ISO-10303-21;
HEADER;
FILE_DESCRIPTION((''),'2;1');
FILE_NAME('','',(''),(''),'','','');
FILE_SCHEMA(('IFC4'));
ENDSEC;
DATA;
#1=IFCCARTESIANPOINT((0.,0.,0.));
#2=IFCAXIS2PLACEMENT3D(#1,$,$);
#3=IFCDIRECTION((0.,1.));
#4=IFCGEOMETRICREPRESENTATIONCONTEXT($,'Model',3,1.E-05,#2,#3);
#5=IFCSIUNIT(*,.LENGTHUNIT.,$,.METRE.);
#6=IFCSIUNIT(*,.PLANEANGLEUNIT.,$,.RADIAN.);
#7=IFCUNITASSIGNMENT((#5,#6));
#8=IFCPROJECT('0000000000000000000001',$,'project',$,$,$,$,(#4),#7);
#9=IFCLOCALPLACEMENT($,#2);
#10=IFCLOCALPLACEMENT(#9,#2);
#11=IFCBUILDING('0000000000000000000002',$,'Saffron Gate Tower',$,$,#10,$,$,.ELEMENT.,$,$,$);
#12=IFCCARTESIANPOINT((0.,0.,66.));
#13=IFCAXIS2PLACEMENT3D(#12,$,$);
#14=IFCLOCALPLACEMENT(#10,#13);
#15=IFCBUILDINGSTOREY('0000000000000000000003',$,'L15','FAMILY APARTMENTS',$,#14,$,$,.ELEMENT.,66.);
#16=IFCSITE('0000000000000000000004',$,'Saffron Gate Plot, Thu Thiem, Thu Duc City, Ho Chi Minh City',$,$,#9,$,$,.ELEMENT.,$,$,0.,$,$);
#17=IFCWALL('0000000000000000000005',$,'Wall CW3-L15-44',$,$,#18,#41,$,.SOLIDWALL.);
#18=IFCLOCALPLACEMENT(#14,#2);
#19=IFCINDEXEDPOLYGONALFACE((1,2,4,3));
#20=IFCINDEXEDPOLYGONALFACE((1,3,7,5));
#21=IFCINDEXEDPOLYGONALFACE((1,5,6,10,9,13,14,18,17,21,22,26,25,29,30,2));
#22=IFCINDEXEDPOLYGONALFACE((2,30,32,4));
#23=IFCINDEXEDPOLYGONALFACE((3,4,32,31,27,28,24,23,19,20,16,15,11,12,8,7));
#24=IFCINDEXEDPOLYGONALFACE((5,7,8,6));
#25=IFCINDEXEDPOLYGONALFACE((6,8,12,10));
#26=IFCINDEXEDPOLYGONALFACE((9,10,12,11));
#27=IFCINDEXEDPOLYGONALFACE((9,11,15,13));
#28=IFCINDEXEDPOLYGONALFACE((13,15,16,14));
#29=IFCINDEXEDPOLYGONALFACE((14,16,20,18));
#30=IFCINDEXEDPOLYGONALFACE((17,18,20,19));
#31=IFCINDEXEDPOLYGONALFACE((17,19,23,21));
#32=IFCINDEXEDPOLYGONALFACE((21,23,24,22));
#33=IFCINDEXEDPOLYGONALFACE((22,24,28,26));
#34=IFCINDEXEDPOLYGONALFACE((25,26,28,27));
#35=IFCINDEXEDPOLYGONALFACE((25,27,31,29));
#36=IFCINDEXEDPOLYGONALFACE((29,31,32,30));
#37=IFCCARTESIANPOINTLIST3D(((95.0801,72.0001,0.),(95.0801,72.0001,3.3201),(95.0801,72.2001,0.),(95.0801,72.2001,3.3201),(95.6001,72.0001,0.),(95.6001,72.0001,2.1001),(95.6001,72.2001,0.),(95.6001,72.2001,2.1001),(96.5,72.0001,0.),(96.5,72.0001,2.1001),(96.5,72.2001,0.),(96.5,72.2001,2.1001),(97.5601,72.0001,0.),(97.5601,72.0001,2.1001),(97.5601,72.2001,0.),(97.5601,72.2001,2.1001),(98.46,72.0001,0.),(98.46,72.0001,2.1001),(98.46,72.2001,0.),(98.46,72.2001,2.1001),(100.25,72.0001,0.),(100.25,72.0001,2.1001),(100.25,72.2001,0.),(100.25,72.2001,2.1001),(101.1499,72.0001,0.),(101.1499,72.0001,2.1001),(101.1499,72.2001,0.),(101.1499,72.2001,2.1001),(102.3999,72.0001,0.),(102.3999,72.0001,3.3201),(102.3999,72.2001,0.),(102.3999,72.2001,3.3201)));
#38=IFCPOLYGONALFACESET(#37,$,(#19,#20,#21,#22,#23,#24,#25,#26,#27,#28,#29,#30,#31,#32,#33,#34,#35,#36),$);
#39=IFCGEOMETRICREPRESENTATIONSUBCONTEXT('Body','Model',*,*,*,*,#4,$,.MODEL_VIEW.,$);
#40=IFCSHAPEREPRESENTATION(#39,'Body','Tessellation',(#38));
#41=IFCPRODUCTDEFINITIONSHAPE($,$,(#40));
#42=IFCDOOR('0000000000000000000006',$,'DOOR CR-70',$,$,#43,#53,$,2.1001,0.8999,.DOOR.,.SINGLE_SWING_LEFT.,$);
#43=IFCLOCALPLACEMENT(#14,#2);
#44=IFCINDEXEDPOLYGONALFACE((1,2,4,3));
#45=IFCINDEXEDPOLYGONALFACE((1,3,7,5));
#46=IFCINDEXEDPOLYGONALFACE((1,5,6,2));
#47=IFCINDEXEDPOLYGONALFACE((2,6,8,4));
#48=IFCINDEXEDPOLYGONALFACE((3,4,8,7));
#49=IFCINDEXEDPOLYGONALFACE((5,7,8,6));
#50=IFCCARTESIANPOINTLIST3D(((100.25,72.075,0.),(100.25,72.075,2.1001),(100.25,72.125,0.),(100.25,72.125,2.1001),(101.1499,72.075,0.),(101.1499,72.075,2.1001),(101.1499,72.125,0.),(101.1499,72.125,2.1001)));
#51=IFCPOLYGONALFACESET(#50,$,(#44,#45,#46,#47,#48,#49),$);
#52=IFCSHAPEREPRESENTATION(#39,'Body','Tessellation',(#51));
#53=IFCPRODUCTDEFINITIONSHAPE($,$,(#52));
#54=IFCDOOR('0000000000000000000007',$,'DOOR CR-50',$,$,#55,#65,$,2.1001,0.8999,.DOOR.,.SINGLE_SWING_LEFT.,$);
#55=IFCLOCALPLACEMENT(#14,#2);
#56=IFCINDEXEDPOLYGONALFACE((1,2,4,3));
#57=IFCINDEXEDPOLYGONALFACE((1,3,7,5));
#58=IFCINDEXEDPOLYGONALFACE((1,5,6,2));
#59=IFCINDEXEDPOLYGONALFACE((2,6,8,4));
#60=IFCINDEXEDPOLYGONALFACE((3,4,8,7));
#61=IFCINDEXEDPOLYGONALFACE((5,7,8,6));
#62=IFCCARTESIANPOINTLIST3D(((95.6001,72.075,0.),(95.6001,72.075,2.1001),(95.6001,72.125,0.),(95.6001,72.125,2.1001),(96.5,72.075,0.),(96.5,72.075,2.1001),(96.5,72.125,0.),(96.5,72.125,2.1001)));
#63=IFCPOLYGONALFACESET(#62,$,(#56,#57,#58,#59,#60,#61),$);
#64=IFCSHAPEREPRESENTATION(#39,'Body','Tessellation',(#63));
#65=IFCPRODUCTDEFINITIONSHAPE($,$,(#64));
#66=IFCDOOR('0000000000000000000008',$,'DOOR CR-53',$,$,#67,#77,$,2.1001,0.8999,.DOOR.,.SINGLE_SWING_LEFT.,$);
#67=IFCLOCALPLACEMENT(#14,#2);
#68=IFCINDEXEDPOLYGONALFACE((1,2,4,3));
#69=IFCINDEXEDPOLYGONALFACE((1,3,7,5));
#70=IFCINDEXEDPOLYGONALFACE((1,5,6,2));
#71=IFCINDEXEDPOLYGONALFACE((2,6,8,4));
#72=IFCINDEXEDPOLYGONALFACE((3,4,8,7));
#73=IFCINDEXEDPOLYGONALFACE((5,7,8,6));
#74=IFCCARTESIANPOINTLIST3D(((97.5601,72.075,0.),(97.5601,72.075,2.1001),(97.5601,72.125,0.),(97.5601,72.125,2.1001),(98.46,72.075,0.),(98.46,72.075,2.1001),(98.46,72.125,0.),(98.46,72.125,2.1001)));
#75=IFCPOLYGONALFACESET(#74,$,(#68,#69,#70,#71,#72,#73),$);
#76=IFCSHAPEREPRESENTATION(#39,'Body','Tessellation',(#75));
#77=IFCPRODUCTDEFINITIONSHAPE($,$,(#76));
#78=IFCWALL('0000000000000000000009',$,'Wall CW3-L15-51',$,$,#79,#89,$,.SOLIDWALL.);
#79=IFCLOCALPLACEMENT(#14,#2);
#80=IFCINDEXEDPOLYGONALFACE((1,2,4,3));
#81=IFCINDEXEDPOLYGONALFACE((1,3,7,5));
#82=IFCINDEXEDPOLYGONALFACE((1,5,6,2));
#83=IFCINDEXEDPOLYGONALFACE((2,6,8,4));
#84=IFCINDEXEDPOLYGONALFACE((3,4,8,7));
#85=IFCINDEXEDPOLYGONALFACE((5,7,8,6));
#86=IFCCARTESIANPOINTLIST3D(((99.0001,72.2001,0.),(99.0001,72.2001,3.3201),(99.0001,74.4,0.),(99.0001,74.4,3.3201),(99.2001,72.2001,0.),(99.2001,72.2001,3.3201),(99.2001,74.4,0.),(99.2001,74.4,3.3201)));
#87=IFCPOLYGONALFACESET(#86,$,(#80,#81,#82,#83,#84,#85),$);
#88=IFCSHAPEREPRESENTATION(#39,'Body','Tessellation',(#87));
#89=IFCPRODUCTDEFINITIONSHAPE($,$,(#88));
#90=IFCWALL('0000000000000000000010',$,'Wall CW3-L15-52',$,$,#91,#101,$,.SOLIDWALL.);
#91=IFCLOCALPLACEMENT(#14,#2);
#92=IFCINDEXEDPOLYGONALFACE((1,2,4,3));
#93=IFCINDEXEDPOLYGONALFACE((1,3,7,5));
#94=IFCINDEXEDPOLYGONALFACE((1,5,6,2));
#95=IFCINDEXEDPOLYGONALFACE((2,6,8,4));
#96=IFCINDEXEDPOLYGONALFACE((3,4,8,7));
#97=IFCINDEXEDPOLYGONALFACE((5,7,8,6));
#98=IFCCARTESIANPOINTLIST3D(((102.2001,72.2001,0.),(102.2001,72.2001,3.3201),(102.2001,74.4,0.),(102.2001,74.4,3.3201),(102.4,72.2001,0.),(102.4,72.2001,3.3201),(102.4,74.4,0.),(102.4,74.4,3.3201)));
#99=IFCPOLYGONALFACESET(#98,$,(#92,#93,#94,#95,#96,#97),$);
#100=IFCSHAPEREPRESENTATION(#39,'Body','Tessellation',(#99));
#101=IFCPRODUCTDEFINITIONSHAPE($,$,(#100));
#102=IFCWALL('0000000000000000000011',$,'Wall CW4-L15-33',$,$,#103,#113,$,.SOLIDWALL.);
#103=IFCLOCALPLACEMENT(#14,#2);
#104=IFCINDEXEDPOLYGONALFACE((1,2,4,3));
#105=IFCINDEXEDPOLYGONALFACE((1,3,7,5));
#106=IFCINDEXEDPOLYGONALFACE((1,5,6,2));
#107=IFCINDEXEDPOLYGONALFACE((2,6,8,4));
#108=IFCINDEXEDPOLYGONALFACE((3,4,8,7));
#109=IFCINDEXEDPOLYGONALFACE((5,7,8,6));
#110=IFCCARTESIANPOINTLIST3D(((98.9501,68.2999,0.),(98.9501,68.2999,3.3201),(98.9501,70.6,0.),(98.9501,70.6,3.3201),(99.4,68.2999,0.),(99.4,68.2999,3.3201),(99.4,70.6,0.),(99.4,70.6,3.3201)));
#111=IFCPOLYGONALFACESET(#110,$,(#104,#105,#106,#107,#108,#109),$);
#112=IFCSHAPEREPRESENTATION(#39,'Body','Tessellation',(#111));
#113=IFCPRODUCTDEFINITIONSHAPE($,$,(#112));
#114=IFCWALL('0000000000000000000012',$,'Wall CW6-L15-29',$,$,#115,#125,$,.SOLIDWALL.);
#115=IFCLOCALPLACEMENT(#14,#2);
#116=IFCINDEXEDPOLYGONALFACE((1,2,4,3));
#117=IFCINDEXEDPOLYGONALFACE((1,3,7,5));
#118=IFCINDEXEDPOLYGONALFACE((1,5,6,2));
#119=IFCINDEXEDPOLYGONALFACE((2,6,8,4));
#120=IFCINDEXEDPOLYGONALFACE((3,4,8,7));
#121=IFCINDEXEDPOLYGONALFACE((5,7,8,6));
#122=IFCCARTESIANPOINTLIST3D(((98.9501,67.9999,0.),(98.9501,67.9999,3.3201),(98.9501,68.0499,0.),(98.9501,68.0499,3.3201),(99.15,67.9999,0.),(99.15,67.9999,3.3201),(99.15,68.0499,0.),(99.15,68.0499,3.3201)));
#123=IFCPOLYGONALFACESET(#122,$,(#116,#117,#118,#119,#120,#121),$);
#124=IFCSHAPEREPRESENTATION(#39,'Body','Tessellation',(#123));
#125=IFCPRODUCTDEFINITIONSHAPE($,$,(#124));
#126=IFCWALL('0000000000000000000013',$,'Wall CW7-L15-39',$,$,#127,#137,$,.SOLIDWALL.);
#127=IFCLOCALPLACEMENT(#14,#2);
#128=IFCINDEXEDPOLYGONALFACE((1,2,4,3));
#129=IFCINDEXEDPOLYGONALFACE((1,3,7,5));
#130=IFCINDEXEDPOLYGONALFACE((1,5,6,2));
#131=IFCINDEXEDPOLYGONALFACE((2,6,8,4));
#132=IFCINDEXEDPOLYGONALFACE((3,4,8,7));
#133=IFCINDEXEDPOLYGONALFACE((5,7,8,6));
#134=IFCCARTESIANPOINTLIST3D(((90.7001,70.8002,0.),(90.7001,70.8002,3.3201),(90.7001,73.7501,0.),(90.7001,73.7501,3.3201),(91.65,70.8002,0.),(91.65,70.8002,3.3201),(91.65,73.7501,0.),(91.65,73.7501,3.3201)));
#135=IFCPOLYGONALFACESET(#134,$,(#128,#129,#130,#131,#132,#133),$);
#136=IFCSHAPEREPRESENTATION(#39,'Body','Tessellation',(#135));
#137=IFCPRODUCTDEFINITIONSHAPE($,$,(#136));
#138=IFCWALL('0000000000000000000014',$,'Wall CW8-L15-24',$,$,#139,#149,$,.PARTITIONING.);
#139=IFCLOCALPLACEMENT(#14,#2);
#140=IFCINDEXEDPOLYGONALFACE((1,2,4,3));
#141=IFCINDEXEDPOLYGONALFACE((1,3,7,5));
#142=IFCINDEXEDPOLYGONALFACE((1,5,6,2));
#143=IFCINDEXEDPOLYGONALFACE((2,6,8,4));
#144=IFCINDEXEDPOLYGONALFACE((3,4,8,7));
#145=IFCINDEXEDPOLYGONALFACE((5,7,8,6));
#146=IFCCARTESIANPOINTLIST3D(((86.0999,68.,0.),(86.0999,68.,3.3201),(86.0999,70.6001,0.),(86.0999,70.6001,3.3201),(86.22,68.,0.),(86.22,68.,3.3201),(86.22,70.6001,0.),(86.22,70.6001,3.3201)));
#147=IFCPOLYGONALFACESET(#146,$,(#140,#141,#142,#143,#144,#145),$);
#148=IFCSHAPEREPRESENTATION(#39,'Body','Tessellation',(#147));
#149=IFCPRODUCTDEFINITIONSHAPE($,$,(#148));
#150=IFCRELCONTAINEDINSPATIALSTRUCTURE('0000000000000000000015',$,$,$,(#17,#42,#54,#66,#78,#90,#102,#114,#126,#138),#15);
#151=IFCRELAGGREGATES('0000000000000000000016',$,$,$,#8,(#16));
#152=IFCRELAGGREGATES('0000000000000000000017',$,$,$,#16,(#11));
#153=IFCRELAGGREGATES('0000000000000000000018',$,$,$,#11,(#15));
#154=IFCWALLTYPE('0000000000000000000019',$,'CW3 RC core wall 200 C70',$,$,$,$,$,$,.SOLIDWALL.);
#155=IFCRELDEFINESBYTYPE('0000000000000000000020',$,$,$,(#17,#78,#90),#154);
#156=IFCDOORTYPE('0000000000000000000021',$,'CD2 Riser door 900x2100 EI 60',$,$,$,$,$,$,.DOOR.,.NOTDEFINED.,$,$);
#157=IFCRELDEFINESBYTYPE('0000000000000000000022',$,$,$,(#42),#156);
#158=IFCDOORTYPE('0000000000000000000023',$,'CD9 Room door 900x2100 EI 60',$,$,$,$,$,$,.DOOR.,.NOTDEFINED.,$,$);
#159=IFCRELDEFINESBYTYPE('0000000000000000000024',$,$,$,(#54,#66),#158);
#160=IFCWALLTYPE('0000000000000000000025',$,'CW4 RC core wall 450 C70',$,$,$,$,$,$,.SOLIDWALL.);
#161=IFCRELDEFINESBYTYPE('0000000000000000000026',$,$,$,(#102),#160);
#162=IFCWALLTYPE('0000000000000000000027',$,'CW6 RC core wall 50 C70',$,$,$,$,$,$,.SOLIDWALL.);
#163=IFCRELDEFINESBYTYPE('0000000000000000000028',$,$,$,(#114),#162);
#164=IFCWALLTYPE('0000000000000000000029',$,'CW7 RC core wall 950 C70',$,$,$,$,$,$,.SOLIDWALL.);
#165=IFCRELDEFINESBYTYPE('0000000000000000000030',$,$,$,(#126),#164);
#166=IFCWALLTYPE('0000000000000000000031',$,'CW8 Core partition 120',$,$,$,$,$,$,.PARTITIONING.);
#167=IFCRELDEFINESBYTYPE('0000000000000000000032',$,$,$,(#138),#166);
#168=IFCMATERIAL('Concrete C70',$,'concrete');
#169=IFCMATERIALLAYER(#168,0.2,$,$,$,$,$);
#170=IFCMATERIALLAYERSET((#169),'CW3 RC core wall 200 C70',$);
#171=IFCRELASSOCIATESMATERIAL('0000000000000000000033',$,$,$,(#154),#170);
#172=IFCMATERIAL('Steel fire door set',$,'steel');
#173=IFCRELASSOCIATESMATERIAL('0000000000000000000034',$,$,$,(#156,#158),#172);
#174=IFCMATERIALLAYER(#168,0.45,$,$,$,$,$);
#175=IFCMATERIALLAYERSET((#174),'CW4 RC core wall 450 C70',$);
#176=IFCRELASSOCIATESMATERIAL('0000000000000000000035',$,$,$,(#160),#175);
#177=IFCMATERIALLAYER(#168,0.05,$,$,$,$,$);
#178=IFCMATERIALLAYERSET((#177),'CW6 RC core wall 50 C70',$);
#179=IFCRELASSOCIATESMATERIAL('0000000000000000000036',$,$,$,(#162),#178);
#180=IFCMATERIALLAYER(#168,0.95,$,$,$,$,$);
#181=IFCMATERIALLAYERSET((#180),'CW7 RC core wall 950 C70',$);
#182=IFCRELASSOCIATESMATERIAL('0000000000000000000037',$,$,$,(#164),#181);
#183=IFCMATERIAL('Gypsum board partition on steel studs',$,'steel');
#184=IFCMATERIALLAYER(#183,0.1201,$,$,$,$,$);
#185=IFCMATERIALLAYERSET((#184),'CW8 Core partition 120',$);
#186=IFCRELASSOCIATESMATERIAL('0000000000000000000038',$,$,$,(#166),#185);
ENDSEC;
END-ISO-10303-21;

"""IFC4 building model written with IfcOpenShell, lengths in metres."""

from ifc_helpers import new_model, si_unit, direction, frame, frame_2d, origin, place, context, subcontext, project, spatial, rectangle, extrude, material, layer, layer_set, type_object, element, fill, save


model = new_model("IFC4")

# Units and contexts
model_context = context("Model", 3, precision=1e-05, world=origin(), true_north=direction((0.0, 1.0)))
body_context = subcontext(model_context, "Body", "Model", "MODEL_VIEW")
ifc_project = project(units=[si_unit("LENGTHUNIT", "METRE"), si_unit("PLANEANGLEUNIT", "RADIAN")], contexts=[model_context])

# Site, building, storey
site_placement = place(None, origin())
site = spatial("IfcSite", under=ifc_project, at=site_placement, Name="Saffron Gate Plot, Thu Thiem, Thu Duc City, Ho Chi Minh City", CompositionType="ELEMENT", RefElevation=0.0)
building_placement = place(site_placement, origin())
building = spatial("IfcBuilding", under=site, at=building_placement, Name="Saffron Gate Tower", CompositionType="ELEMENT")
storey_placement = place(building_placement, frame((0.0, 0.0, 66.0)))
storey = spatial("IfcBuildingStorey", under=building, at=storey_placement, Name="L15", Description="FAMILY APARTMENTS", CompositionType="ELEMENT", Elevation=66.0)

# Shared definitions
ifc_material_1 = material(Name="Gypsum board partition on steel studs", Category="steel")
ifc_material_2 = material(Name="Concrete C70", Category="concrete")

# Shared definitions
ifc_material_3 = material(Name="Steel fire door set", Category="steel")

# Shared definitions
ifc_layer_1 = layer(ifc_material_2, 0.2)
ifc_layer_set_1 = layer_set([ifc_layer_1], Name="CW3 RC core wall 200 C70")
wall_type_1 = type_object("IfcWallType", Name="CW3 RC core wall 200 C70", PredefinedType="SOLIDWALL", material=ifc_layer_set_1)

# Wall, openings, doors
wall_1_placement = place(storey_placement, frame((95.0801, 72.1001, 0.0), z_axis=(0.0, 0.0, 1.0), x_axis=(1.0, 0.0, 0.0)))
wall_1 = element("IfcWall", 1, at=wall_1_placement, inside=storey, type_object=wall_type_1, Name="Wall CW3-L15-44", PredefinedType="SOLIDWALL", context=body_context, shape_type="SweptSolid", body=[
    extrude(rectangle(XDim=7.3198, YDim=0.2, at=frame_2d((3.6599, 0.0))), origin(), (0.0, 0.0, 1.0), 3.3201),
])
opening_1_placement = place(wall_1_placement, frame((0.52, 0.0, 0.0)))
opening_1 = element("IfcOpeningElement", 2, at=opening_1_placement, cuts=wall_1, PredefinedType="OPENING", context=body_context, shape_type="SweptSolid", body=[
    extrude(rectangle(XDim=0.8999, YDim=2.1001, at=frame_2d((0.45, 1.05))), frame((0.0, 0.1099, 0.0), z_axis=(0.0, -1.0, 0.0), x_axis=(1.0, 0.0, 0.0)), (0.0, 0.0, 1.0), 0.22),
])
opening_2_placement = place(wall_1_placement, frame((2.48, 0.0, 0.0)))
opening_2 = element("IfcOpeningElement", 3, at=opening_2_placement, cuts=wall_1, PredefinedType="OPENING", context=body_context, shape_type="SweptSolid", body=[
    extrude(rectangle(XDim=0.8999, YDim=2.1001, at=frame_2d((0.45, 1.05))), frame((0.0, 0.1099, 0.0), z_axis=(0.0, -1.0, 0.0), x_axis=(1.0, 0.0, 0.0)), (0.0, 0.0, 1.0), 0.22),
])
opening_3_placement = place(wall_1_placement, frame((5.1699, 0.0, 0.0)))
opening_3 = element("IfcOpeningElement", 4, at=opening_3_placement, cuts=wall_1, PredefinedType="OPENING", context=body_context, shape_type="SweptSolid", body=[
    extrude(rectangle(XDim=0.8999, YDim=2.1001, at=frame_2d((0.45, 1.05))), frame((0.0, 0.1099, 0.0), z_axis=(0.0, -1.0, 0.0), x_axis=(1.0, 0.0, 0.0)), (0.0, 0.0, 1.0), 0.22),
])
door_type_1 = type_object("IfcDoorType", Name="CD2 Riser door 900x2100 EI 60", OperationType="NOTDEFINED", PredefinedType="DOOR", material=ifc_material_3)
door_1_placement = place(opening_3_placement, origin())
door_1 = element("IfcDoor", 5, at=door_1_placement, inside=storey, type_object=door_type_1, Name="DOOR CR-70", OperationType="SINGLE_SWING_LEFT", OverallHeight=2.1001, OverallWidth=0.8999, PredefinedType="DOOR", context=body_context, shape_type="SweptSolid", body=[
    extrude(rectangle(XDim=0.8999, YDim=2.1001, at=frame_2d((0.45, 1.05))), frame((0.0, 0.0249, 0.0), z_axis=(0.0, -1.0, 0.0), x_axis=(1.0, 0.0, 0.0)), (0.0, 0.0, 1.0), 0.05),
])
fill(opening_3, door_1)
door_type_2 = type_object("IfcDoorType", Name="CD9 Room door 900x2100 EI 60", OperationType="NOTDEFINED", PredefinedType="DOOR", material=ifc_material_3)
door_2_placement = place(opening_1_placement, origin())
door_2 = element("IfcDoor", 6, at=door_2_placement, inside=storey, type_object=door_type_2, Name="DOOR CR-50", OperationType="SINGLE_SWING_LEFT", OverallHeight=2.1001, OverallWidth=0.8999, PredefinedType="DOOR", context=body_context, shape_type="SweptSolid", body=[
    extrude(rectangle(XDim=0.8999, YDim=2.1001, at=frame_2d((0.45, 1.05))), frame((0.0, 0.0249, 0.0), z_axis=(0.0, -1.0, 0.0), x_axis=(1.0, 0.0, 0.0)), (0.0, 0.0, 1.0), 0.05),
])
fill(opening_1, door_2)
door_3_placement = place(opening_2_placement, origin())
door_3 = element("IfcDoor", 7, at=door_3_placement, inside=storey, type_object=door_type_2, Name="DOOR CR-53", OperationType="SINGLE_SWING_LEFT", OverallHeight=2.1001, OverallWidth=0.8999, PredefinedType="DOOR", context=body_context, shape_type="SweptSolid", body=[
    extrude(rectangle(XDim=0.8999, YDim=2.1001, at=frame_2d((0.45, 1.05))), frame((0.0, 0.0249, 0.0), z_axis=(0.0, -1.0, 0.0), x_axis=(1.0, 0.0, 0.0)), (0.0, 0.0, 1.0), 0.05),
])
fill(opening_2, door_3)

# Walls
for number, where, z_axis, x_axis, name in (
    (8, (99.1001, 72.2, 0.0), (0.0, 0.0, 1.0), (0.0, 1.0, 0.0), "Wall CW3-L15-51"),
    (9, (102.3, 72.2, 0.0), (0.0, 0.0, 1.0), (0.0, 1.0, 0.0), "Wall CW3-L15-52"),
):
    element("IfcWall", number, at=place(storey_placement, frame(where, z_axis=z_axis, x_axis=x_axis)), inside=storey, type_object=wall_type_1, Name=name, PredefinedType="SOLIDWALL", context=body_context, shape_type="SweptSolid", body=[
        extrude(rectangle(XDim=2.2, YDim=0.2, at=frame_2d((1.1001, 0.0))), origin(), (0.0, 0.0, 1.0), 3.3201),
    ])
ifc_layer_2 = layer(ifc_material_2, 0.45)
ifc_layer_set_2 = layer_set([ifc_layer_2], Name="CW4 RC core wall 450 C70")
wall_type_2 = type_object("IfcWallType", Name="CW4 RC core wall 450 C70", PredefinedType="SOLIDWALL", material=ifc_layer_set_2)
wall_2_placement = place(storey_placement, frame((99.175, 68.3, 0.0), z_axis=(0.0, 0.0, 1.0), x_axis=(0.0, 1.0, 0.0)))
element("IfcWall", 10, at=wall_2_placement, inside=storey, type_object=wall_type_2, Name="Wall CW4-L15-33", PredefinedType="SOLIDWALL", context=body_context, shape_type="SweptSolid", body=[
    extrude(rectangle(XDim=2.3, YDim=0.45, at=frame_2d((1.1499, 0.0))), origin(), (0.0, 0.0, 1.0), 3.3201),
])
ifc_layer_3 = layer(ifc_material_2, 0.05)
ifc_layer_set_3 = layer_set([ifc_layer_3], Name="CW6 RC core wall 50 C70")
wall_type_3 = type_object("IfcWallType", Name="CW6 RC core wall 50 C70", PredefinedType="SOLIDWALL", material=ifc_layer_set_3)
wall_3_placement = place(storey_placement, frame((98.95, 68.0249, 0.0), z_axis=(0.0, 0.0, 1.0), x_axis=(1.0, 0.0, 0.0)))
element("IfcWall", 11, at=wall_3_placement, inside=storey, type_object=wall_type_3, Name="Wall CW6-L15-29", PredefinedType="SOLIDWALL", context=body_context, shape_type="SweptSolid", body=[
    extrude(rectangle(XDim=0.2, YDim=0.05, at=frame_2d((0.1001, 0.0))), origin(), (0.0, 0.0, 1.0), 3.3201),
])
ifc_layer_4 = layer(ifc_material_2, 0.95)
ifc_layer_set_4 = layer_set([ifc_layer_4], Name="CW7 RC core wall 950 C70")
wall_type_4 = type_object("IfcWallType", Name="CW7 RC core wall 950 C70", PredefinedType="SOLIDWALL", material=ifc_layer_set_4)
wall_4_placement = place(storey_placement, frame((91.175, 70.8, 0.0), z_axis=(0.0, 0.0, 1.0), x_axis=(0.0, 1.0, 0.0)))
element("IfcWall", 12, at=wall_4_placement, inside=storey, type_object=wall_type_4, Name="Wall CW7-L15-39", PredefinedType="SOLIDWALL", context=body_context, shape_type="SweptSolid", body=[
    extrude(rectangle(XDim=2.95, YDim=0.95, at=frame_2d((1.4751, 0.0))), origin(), (0.0, 0.0, 1.0), 3.3201),
])
ifc_layer_5 = layer(ifc_material_1, 0.1201)
ifc_layer_set_5 = layer_set([ifc_layer_5], Name="CW8 Core partition 120")
wall_type_5 = type_object("IfcWallType", Name="CW8 Core partition 120", PredefinedType="PARTITIONING", material=ifc_layer_set_5)
wall_5_placement = place(storey_placement, frame((86.1599, 68.0, 0.0), z_axis=(0.0, 0.0, 1.0), x_axis=(0.0, 1.0, 0.0)))
element("IfcWall", 13, at=wall_5_placement, inside=storey, type_object=wall_type_5, Name="Wall CW8-L15-24", PredefinedType="PARTITIONING", context=body_context, shape_type="SweptSolid", body=[
    extrude(rectangle(XDim=2.6001, YDim=0.1201, at=frame_2d((1.3, 0.0))), origin(), (0.0, 0.0, 1.0), 3.3201),
])

save(model, "model.ifc")
